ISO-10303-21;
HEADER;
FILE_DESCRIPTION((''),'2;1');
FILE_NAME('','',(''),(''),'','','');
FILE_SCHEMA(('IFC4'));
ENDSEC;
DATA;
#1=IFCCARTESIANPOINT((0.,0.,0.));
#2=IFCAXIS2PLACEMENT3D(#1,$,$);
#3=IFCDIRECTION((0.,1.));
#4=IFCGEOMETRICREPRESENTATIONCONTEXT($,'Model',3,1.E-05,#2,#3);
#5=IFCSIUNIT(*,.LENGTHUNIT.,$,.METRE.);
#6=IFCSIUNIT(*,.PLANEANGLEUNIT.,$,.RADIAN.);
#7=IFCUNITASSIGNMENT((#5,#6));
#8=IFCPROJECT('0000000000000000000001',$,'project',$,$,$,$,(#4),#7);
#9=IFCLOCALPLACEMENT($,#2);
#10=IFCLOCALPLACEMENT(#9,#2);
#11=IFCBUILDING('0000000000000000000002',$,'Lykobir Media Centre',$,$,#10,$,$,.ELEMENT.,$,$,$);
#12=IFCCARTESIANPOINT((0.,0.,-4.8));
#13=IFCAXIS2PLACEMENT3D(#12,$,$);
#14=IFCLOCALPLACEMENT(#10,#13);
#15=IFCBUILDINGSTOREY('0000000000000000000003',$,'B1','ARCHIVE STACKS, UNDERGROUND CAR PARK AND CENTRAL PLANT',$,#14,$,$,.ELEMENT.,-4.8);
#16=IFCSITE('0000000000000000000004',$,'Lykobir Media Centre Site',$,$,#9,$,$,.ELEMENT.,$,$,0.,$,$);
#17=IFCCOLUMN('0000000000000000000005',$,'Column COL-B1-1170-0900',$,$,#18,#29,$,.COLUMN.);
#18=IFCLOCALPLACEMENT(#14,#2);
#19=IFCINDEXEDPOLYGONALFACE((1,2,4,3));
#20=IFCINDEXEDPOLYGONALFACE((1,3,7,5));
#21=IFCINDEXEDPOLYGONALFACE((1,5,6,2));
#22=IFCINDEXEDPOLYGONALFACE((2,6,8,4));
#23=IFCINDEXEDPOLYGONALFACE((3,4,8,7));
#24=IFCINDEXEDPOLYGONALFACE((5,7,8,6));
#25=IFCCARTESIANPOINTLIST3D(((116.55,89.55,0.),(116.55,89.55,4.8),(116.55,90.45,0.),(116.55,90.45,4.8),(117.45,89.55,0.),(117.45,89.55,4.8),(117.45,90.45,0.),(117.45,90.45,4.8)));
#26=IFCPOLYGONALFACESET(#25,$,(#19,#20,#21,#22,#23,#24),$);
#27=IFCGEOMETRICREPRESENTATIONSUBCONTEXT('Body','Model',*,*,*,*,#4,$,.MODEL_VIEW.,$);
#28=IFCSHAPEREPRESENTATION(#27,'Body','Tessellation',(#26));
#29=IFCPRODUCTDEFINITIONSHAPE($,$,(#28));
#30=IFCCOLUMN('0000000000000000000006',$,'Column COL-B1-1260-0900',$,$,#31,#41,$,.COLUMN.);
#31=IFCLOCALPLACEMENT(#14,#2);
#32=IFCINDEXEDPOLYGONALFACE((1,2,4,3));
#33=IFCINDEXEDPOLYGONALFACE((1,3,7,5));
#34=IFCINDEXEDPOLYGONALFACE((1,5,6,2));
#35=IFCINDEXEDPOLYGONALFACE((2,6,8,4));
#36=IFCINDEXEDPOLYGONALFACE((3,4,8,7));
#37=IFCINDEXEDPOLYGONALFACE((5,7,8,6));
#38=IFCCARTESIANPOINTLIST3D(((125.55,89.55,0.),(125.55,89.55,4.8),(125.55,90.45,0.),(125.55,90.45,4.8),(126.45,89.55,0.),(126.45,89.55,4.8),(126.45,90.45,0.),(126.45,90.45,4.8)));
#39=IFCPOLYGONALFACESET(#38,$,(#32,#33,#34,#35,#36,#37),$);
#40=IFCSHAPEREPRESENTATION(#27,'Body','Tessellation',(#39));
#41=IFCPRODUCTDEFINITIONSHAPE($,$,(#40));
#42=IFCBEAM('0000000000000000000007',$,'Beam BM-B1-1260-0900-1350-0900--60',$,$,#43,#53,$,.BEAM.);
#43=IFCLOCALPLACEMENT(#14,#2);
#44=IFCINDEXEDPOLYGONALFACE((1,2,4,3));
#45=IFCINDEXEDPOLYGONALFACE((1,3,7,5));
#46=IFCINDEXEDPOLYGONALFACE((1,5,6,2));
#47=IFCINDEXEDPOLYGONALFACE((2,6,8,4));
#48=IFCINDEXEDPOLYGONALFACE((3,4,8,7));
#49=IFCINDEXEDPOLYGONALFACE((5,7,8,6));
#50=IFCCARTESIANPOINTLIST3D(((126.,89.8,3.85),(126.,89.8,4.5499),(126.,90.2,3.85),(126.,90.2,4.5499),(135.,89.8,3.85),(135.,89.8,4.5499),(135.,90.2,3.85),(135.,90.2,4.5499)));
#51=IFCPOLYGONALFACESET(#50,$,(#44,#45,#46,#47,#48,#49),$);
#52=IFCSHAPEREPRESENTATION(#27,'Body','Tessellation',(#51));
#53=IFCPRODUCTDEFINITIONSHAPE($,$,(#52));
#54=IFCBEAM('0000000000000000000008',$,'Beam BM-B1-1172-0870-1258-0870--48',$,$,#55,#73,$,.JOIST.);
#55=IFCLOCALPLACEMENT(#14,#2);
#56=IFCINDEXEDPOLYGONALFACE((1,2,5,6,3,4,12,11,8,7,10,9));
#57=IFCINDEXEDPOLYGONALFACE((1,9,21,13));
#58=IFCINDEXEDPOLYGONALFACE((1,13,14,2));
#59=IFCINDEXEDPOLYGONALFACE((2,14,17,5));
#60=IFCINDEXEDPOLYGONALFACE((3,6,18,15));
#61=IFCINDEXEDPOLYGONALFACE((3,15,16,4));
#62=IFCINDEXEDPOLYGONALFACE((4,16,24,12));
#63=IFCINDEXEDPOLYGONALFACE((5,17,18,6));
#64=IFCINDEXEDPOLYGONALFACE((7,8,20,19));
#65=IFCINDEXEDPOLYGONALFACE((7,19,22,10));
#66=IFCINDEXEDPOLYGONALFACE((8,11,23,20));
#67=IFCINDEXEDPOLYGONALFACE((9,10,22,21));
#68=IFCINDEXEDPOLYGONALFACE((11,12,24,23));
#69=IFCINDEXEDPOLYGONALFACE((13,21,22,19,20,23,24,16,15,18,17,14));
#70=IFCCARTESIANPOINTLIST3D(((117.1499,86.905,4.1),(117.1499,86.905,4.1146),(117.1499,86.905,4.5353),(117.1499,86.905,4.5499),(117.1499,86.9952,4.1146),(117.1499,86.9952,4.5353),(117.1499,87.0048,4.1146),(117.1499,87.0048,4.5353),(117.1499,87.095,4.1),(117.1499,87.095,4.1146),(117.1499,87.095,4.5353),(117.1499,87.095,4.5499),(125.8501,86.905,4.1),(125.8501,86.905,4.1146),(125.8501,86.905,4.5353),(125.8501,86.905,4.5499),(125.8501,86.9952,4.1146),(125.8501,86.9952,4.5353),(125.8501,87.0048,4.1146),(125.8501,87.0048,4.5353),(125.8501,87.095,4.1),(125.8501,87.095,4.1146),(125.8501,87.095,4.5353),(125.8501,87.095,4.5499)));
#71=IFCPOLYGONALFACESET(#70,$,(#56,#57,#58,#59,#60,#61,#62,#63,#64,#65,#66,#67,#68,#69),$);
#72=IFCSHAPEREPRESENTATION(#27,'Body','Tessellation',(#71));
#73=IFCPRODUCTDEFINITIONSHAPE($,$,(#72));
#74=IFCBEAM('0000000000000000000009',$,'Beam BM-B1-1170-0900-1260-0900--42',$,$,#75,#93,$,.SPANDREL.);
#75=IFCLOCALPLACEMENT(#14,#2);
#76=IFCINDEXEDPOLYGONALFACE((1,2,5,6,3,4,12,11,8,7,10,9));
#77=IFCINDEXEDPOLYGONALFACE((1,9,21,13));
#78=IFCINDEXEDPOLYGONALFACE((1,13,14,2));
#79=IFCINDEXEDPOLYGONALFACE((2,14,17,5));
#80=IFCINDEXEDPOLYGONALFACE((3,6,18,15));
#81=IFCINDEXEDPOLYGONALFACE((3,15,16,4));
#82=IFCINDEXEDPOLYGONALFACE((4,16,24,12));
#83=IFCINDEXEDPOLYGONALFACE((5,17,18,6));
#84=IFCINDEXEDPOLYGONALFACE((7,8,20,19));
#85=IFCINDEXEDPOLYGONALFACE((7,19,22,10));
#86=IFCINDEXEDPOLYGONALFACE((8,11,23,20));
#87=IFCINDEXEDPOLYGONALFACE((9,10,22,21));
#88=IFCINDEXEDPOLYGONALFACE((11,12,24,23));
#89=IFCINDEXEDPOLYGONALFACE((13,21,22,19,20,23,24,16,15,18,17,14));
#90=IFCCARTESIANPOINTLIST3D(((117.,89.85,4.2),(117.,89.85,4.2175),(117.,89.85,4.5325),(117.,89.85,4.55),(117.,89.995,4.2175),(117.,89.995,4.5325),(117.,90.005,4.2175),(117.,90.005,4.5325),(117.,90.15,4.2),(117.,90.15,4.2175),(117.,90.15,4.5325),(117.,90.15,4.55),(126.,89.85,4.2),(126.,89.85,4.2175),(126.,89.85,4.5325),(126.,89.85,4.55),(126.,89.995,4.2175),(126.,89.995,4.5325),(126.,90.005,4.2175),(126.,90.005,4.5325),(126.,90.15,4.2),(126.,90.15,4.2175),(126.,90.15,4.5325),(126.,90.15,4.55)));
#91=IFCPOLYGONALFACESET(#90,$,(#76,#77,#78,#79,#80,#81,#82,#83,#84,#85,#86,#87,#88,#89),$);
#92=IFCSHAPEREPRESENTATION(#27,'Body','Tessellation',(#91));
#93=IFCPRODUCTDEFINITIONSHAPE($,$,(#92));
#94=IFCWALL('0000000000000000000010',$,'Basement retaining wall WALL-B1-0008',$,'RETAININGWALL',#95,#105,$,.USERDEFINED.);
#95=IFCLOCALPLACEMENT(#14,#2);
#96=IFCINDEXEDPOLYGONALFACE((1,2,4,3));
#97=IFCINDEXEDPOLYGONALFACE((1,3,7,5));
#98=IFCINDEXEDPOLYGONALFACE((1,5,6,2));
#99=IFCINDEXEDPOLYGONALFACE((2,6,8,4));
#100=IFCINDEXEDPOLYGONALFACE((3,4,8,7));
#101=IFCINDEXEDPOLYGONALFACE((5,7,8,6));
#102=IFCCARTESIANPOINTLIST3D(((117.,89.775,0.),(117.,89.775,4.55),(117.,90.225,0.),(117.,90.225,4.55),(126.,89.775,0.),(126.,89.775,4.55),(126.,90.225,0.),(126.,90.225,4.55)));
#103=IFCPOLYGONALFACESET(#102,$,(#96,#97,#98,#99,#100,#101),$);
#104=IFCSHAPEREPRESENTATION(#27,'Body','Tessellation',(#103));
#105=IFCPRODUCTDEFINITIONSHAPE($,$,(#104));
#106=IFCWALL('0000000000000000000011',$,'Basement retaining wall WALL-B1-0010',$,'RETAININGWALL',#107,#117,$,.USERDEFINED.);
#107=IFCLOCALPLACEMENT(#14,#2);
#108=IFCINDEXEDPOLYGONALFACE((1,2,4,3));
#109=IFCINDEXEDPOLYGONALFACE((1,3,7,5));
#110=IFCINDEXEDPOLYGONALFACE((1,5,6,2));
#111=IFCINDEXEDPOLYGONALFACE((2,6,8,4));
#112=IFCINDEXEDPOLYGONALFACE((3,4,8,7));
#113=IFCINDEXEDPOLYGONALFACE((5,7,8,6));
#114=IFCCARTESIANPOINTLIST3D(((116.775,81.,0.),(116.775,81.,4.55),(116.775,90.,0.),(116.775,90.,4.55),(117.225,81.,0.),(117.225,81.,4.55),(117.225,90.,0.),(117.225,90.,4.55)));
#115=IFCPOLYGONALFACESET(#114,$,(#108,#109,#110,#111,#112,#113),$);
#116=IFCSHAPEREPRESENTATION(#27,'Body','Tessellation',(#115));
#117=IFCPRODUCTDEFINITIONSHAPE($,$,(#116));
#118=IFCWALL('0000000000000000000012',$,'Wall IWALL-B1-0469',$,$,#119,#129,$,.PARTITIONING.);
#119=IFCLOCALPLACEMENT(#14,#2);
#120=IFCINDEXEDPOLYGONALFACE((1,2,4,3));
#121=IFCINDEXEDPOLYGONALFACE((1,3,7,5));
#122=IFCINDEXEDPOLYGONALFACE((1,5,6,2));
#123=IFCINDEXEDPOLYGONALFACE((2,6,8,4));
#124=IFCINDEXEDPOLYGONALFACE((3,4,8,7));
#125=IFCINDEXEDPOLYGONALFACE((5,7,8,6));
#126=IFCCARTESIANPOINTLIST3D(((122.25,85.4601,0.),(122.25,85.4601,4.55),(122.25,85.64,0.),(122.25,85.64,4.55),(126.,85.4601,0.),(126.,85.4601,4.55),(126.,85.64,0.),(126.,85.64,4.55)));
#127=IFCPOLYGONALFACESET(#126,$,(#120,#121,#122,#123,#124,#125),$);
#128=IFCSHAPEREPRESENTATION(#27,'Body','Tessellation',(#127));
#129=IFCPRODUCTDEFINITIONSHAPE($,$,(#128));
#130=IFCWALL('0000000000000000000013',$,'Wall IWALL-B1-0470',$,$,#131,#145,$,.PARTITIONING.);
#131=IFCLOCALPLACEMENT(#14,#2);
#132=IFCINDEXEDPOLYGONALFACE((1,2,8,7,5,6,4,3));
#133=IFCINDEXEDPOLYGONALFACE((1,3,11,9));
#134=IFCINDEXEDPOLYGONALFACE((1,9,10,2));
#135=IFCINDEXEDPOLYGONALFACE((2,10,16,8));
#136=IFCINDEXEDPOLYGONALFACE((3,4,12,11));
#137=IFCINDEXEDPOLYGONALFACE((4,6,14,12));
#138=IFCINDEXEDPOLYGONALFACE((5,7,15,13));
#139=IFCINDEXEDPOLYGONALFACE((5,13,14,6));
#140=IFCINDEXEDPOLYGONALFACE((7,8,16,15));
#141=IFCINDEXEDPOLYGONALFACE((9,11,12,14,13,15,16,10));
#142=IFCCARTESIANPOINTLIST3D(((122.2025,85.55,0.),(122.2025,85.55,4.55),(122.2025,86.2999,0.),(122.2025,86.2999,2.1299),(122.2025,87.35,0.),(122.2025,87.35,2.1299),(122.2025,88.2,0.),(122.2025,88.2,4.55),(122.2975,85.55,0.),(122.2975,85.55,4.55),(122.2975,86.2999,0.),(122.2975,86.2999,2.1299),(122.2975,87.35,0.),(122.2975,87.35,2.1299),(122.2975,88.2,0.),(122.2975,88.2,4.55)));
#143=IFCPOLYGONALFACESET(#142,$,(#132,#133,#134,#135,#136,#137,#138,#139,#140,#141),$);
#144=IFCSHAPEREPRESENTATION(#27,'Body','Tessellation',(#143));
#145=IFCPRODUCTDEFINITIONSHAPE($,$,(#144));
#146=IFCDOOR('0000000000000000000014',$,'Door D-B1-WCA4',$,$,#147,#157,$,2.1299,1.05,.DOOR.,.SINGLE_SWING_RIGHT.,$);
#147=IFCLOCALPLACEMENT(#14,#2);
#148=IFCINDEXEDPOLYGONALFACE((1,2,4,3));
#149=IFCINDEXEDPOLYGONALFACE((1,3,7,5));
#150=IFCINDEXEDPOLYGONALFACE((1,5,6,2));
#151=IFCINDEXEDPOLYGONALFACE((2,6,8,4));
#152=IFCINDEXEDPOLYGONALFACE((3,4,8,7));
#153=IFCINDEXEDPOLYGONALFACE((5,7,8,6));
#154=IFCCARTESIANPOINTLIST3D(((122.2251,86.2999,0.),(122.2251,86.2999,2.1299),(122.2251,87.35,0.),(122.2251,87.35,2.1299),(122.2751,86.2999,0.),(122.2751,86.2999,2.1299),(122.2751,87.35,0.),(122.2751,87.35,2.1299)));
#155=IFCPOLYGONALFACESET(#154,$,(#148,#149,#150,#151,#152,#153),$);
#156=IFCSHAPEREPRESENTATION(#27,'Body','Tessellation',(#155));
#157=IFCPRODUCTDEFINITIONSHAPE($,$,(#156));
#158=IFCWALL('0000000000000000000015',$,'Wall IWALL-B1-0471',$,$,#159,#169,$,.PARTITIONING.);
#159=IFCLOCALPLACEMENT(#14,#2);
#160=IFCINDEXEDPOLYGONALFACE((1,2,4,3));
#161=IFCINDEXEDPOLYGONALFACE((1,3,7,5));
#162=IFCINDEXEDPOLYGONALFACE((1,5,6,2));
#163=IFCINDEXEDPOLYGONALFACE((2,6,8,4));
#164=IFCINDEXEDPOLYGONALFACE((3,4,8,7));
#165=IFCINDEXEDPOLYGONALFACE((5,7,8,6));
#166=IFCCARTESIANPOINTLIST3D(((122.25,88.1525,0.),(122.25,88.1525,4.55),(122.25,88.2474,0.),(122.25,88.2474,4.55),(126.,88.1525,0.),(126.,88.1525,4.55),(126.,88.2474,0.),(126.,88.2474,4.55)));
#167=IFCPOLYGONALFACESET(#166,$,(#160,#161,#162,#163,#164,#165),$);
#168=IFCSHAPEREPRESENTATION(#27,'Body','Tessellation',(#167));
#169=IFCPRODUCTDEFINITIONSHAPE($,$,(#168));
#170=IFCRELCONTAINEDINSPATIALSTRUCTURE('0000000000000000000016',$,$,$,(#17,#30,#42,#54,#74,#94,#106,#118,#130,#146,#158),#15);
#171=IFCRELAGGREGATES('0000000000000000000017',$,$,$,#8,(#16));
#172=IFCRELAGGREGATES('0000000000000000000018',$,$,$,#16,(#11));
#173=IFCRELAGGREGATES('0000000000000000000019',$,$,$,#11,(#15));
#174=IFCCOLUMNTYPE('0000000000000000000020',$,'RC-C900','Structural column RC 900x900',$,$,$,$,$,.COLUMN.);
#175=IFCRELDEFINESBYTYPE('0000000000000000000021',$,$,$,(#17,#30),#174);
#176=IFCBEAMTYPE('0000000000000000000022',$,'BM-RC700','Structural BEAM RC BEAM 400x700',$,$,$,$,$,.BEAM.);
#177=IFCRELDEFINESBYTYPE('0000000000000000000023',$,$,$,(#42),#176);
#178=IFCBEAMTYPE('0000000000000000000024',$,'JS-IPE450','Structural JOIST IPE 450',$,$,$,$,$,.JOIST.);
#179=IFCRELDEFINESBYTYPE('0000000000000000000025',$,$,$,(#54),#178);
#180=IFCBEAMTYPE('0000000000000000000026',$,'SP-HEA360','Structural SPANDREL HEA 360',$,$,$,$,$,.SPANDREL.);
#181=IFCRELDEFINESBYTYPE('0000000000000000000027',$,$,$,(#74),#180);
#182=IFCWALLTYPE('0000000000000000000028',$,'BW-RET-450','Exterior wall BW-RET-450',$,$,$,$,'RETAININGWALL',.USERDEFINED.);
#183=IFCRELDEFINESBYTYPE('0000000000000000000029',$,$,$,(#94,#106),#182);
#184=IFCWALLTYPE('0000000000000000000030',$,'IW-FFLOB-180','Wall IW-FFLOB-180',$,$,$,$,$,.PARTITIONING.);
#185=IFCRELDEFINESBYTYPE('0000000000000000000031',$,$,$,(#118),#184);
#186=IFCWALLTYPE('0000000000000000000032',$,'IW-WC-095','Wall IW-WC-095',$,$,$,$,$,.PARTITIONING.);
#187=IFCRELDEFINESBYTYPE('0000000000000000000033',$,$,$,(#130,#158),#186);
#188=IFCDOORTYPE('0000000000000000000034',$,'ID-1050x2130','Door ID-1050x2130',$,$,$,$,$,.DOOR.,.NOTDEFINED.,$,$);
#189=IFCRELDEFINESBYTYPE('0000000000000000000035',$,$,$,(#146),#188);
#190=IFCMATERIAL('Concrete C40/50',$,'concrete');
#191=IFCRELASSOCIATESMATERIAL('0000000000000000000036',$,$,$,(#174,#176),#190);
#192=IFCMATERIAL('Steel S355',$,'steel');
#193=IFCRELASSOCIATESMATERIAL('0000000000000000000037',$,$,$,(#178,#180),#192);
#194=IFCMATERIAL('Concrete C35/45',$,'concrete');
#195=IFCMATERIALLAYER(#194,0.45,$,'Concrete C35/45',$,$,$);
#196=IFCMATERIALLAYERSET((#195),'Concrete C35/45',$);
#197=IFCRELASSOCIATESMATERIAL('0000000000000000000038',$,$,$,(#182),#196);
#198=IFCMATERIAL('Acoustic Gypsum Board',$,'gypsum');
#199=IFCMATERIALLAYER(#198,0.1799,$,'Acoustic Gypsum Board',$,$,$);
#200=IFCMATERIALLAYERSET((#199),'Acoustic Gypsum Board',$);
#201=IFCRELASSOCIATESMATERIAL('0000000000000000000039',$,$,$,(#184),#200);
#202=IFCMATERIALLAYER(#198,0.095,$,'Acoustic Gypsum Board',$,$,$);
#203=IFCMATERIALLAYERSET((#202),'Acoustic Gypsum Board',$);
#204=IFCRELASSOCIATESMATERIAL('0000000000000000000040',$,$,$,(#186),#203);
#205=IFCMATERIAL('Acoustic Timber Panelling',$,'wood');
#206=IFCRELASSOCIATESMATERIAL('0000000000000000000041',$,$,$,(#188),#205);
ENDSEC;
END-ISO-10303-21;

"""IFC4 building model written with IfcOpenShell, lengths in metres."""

from ifc_helpers import new_model, si_unit, direction, frame, frame_2d, origin, origin_2d, place, context, subcontext, project, spatial, rectangle, i_section, extrude, material, layer, layer_set, material_profile, profile_set, type_object, element, fill, save


model = new_model("IFC4")

# Units and contexts
model_context = context("Model", 3, precision=1e-05, world=origin(), true_north=direction((0.0, 1.0)))
body_context = subcontext(model_context, "Body", "Model", "MODEL_VIEW")
ifc_project = project(units=[si_unit("LENGTHUNIT", "METRE"), si_unit("PLANEANGLEUNIT", "RADIAN")], contexts=[model_context])

# Site, building, storey
site_placement = place(None, origin())
site = spatial("IfcSite", under=ifc_project, at=site_placement, Name="Lykobir Media Centre Site", CompositionType="ELEMENT", RefElevation=0.0)
building_placement = place(site_placement, origin())
building = spatial("IfcBuilding", under=site, at=building_placement, Name="Lykobir Media Centre", CompositionType="ELEMENT")
storey_placement = place(building_placement, frame((0.0, 0.0, -4.8)))
storey = spatial("IfcBuildingStorey", under=building, at=storey_placement, Name="B1", Description="ARCHIVE STACKS, UNDERGROUND CAR PARK AND CENTRAL PLANT", CompositionType="ELEMENT", Elevation=-4.8)

# Shared definitions
ifc_material_1 = material(Name="Concrete C35/45", Category="concrete")

# Columns
ifc_material_2 = material(Name="Concrete C40/50", Category="concrete")
ifc_material_profile_1 = material_profile(ifc_material_2, rectangle(XDim=0.8999, YDim=0.8999, at=origin_2d()), Name="RC 900x900")
ifc_profile_set_1 = profile_set([ifc_material_profile_1], Name="Concrete C40/50")
column_type = type_object("IfcColumnType", Name="RC-C900", Description="Structural column RC 900x900", PredefinedType="COLUMN", material=ifc_profile_set_1)
for number, where, z_axis, x_axis, name in (
    (1, (117.0, 90.0, 0.0), (0.0, 0.0, 1.0), (1.0, 0.0, 0.0), "Column COL-B1-1170-0900"),
    (2, (126.0, 90.0, 0.0), (0.0, 0.0, 1.0), (1.0, 0.0, 0.0), "Column COL-B1-1260-0900"),
):
    element("IfcColumn", number, at=place(storey_placement, frame(where, z_axis=z_axis, x_axis=x_axis)), inside=storey, type_object=column_type, Name=name, PredefinedType="COLUMN", context=body_context, shape_type="SweptSolid", body=[
        extrude(rectangle(XDim=0.8999, YDim=0.8999, at=origin_2d()), origin(), (0.0, 0.0, 1.0), 4.8),
    ])

# Beams
ifc_material_profile_2 = material_profile(ifc_material_2, rectangle(XDim=0.3999, YDim=0.7, at=origin_2d()), Name="RC BEAM 400x700")
ifc_profile_set_2 = profile_set([ifc_material_profile_2], Name="Concrete C40/50")
beam_type_1 = type_object("IfcBeamType", Name="BM-RC700", Description="Structural BEAM RC BEAM 400x700", PredefinedType="BEAM", material=ifc_profile_set_2)
beam_1_placement = place(storey_placement, frame((126.0, 90.0, 4.2), z_axis=(1.0, 0.0, 0.0), x_axis=(0.0, 1.0, 0.0)))
element("IfcBeam", 3, at=beam_1_placement, inside=storey, type_object=beam_type_1, Name="Beam BM-B1-1260-0900-1350-0900--60", PredefinedType="BEAM", context=body_context, shape_type="SweptSolid", body=[
    extrude(rectangle(XDim=0.3999, YDim=0.7, at=origin_2d()), origin(), (0.0, 0.0, 1.0), 9.0),
])
ifc_material_3 = material(Name="Steel S355", Category="steel")
ifc_material_profile_3 = material_profile(ifc_material_3, i_section(OverallWidth=0.1899, OverallDepth=0.45, WebThickness=0.0095, FlangeThickness=0.0146, at=origin_2d()), Name="IPE 450")
ifc_profile_set_3 = profile_set([ifc_material_profile_3], Name="Steel S355")
beam_type_2 = type_object("IfcBeamType", Name="JS-IPE450", Description="Structural JOIST IPE 450", PredefinedType="JOIST", material=ifc_profile_set_3)
beam_2_placement = place(storey_placement, frame((117.1499, 87.0, 4.325), z_axis=(1.0, 0.0, 0.0), x_axis=(0.0, 1.0, 0.0)))
element("IfcBeam", 4, at=beam_2_placement, inside=storey, type_object=beam_type_2, Name="Beam BM-B1-1172-0870-1258-0870--48", PredefinedType="JOIST", context=body_context, shape_type="SweptSolid", body=[
    extrude(i_section(OverallWidth=0.1899, OverallDepth=0.45, WebThickness=0.0095, FlangeThickness=0.0146, at=origin_2d()), origin(), (0.0, 0.0, 1.0), 8.7002),
])
ifc_material_profile_4 = material_profile(ifc_material_3, i_section(OverallWidth=0.3, OverallDepth=0.3501, WebThickness=0.01, FlangeThickness=0.0176, at=origin_2d()), Name="HEA 360")
ifc_profile_set_4 = profile_set([ifc_material_profile_4], Name="Steel S355")
beam_type_3 = type_object("IfcBeamType", Name="SP-HEA360", Description="Structural SPANDREL HEA 360", PredefinedType="SPANDREL", material=ifc_profile_set_4)
beam_3_placement = place(storey_placement, frame((117.0, 90.0, 4.375), z_axis=(1.0, 0.0, 0.0), x_axis=(0.0, 1.0, 0.0)))
element("IfcBeam", 5, at=beam_3_placement, inside=storey, type_object=beam_type_3, Name="Beam BM-B1-1170-0900-1260-0900--42", PredefinedType="SPANDREL", context=body_context, shape_type="SweptSolid", body=[
    extrude(i_section(OverallWidth=0.3, OverallDepth=0.3501, WebThickness=0.01, FlangeThickness=0.0176, at=origin_2d()), origin(), (0.0, 0.0, 1.0), 9.0),
])

# Walls
ifc_layer_1 = layer(ifc_material_1, 0.45, Name="Concrete C35/45")
ifc_layer_set_1 = layer_set([ifc_layer_1], Name="Concrete C35/45")
wall_type_1 = type_object("IfcWallType", Name="BW-RET-450", Description="Exterior wall BW-RET-450", ElementType="RETAININGWALL", PredefinedType="USERDEFINED", material=ifc_layer_set_1)
for number, where, z_axis, x_axis, name in (
    (6, (126.0, 90.0, 0.0), (0.0, 0.0, 1.0), (-1.0, 0.0, 0.0), "Basement retaining wall WALL-B1-0008"),
    (7, (117.0, 90.0, 0.0), (0.0, 0.0, 1.0), (0.0, -1.0, 0.0), "Basement retaining wall WALL-B1-0010"),
):
    element("IfcWall", number, at=place(storey_placement, frame(where, z_axis=z_axis, x_axis=x_axis)), inside=storey, type_object=wall_type_1, Name=name, ObjectType="RETAININGWALL", PredefinedType="USERDEFINED", context=body_context, shape_type="SweptSolid", body=[
        extrude(rectangle(XDim=9.0, YDim=0.45, at=frame_2d((4.5, 0.0))), origin(), (0.0, 0.0, 1.0), 4.55),
    ])
ifc_material_4 = material(Name="Acoustic Gypsum Board", Category="gypsum")
ifc_layer_2 = layer(ifc_material_4, 0.1799, Name="Acoustic Gypsum Board")
ifc_layer_set_2 = layer_set([ifc_layer_2], Name="Acoustic Gypsum Board")
wall_type_2 = type_object("IfcWallType", Name="IW-FFLOB-180", Description="Wall IW-FFLOB-180", PredefinedType="PARTITIONING", material=ifc_layer_set_2)
wall_1_placement = place(storey_placement, frame((122.25, 85.55, 0.0), z_axis=(0.0, 0.0, 1.0), x_axis=(1.0, 0.0, 0.0)))
element("IfcWall", 8, at=wall_1_placement, inside=storey, type_object=wall_type_2, Name="Wall IWALL-B1-0469", PredefinedType="PARTITIONING", context=body_context, shape_type="SweptSolid", body=[
    extrude(rectangle(XDim=3.75, YDim=0.1799, at=frame_2d((1.875, 0.0))), origin(), (0.0, 0.0, 1.0), 4.55),
])

# Wall, opening, door
ifc_layer_3 = layer(ifc_material_4, 0.095, Name="Acoustic Gypsum Board")
ifc_layer_set_3 = layer_set([ifc_layer_3], Name="Acoustic Gypsum Board")
wall_type_3 = type_object("IfcWallType", Name="IW-WC-095", Description="Wall IW-WC-095", PredefinedType="PARTITIONING", material=ifc_layer_set_3)
wall_2_placement = place(storey_placement, frame((122.25, 85.55, 0.0), z_axis=(0.0, 0.0, 1.0), x_axis=(0.0, 1.0, 0.0)))
wall_2 = element("IfcWall", 9, at=wall_2_placement, inside=storey, type_object=wall_type_3, Name="Wall IWALL-B1-0470", PredefinedType="PARTITIONING", context=body_context, shape_type="SweptSolid", body=[
    extrude(rectangle(XDim=2.6499, YDim=0.095, at=frame_2d((1.325, 0.0))), origin(), (0.0, 0.0, 1.0), 4.55),
])
opening_1_placement = place(wall_2_placement, frame((0.75, 0.0, 0.0)))
opening_1 = element("IfcOpeningElement", 10, at=opening_1_placement, cuts=wall_2, PredefinedType="OPENING", context=body_context, shape_type="SweptSolid", body=[
    extrude(rectangle(XDim=1.05, YDim=2.1299, at=frame_2d((0.5249, 1.0649))), frame((0.0, 0.0574, 0.0), z_axis=(0.0, -1.0, 0.0), x_axis=(1.0, 0.0, 0.0)), (0.0, 0.0, 1.0), 0.115),
])
ifc_material_5 = material(Name="Acoustic Timber Panelling", Category="wood")
door_type_1 = type_object("IfcDoorType", Name="ID-1050x2130", Description="Door ID-1050x2130", OperationType="NOTDEFINED", PredefinedType="DOOR", material=ifc_material_5)
door_1_placement = place(opening_1_placement, origin())
door_1 = element("IfcDoor", 11, at=door_1_placement, inside=storey, type_object=door_type_1, Name="Door D-B1-WCA4", OperationType="SINGLE_SWING_RIGHT", OverallHeight=2.1299, OverallWidth=1.05, PredefinedType="DOOR", context=body_context, shape_type="SweptSolid", body=[
    extrude(rectangle(XDim=1.05, YDim=2.1299, at=frame_2d((0.5249, 1.0649))), frame((0.0, 0.0249, 0.0), z_axis=(0.0, -1.0, 0.0), x_axis=(1.0, 0.0, 0.0)), (0.0, 0.0, 1.0), 0.05),
])
fill(opening_1, door_1)

# Wall
wall_3_placement = place(storey_placement, frame((122.25, 88.2, 0.0), z_axis=(0.0, 0.0, 1.0), x_axis=(1.0, 0.0, 0.0)))
element("IfcWall", 12, at=wall_3_placement, inside=storey, type_object=wall_type_3, Name="Wall IWALL-B1-0471", PredefinedType="PARTITIONING", context=body_context, shape_type="SweptSolid", body=[
    extrude(rectangle(XDim=3.75, YDim=0.095, at=frame_2d((1.875, 0.0))), origin(), (0.0, 0.0, 1.0), 4.55),
])

save(model, "model.ifc")
